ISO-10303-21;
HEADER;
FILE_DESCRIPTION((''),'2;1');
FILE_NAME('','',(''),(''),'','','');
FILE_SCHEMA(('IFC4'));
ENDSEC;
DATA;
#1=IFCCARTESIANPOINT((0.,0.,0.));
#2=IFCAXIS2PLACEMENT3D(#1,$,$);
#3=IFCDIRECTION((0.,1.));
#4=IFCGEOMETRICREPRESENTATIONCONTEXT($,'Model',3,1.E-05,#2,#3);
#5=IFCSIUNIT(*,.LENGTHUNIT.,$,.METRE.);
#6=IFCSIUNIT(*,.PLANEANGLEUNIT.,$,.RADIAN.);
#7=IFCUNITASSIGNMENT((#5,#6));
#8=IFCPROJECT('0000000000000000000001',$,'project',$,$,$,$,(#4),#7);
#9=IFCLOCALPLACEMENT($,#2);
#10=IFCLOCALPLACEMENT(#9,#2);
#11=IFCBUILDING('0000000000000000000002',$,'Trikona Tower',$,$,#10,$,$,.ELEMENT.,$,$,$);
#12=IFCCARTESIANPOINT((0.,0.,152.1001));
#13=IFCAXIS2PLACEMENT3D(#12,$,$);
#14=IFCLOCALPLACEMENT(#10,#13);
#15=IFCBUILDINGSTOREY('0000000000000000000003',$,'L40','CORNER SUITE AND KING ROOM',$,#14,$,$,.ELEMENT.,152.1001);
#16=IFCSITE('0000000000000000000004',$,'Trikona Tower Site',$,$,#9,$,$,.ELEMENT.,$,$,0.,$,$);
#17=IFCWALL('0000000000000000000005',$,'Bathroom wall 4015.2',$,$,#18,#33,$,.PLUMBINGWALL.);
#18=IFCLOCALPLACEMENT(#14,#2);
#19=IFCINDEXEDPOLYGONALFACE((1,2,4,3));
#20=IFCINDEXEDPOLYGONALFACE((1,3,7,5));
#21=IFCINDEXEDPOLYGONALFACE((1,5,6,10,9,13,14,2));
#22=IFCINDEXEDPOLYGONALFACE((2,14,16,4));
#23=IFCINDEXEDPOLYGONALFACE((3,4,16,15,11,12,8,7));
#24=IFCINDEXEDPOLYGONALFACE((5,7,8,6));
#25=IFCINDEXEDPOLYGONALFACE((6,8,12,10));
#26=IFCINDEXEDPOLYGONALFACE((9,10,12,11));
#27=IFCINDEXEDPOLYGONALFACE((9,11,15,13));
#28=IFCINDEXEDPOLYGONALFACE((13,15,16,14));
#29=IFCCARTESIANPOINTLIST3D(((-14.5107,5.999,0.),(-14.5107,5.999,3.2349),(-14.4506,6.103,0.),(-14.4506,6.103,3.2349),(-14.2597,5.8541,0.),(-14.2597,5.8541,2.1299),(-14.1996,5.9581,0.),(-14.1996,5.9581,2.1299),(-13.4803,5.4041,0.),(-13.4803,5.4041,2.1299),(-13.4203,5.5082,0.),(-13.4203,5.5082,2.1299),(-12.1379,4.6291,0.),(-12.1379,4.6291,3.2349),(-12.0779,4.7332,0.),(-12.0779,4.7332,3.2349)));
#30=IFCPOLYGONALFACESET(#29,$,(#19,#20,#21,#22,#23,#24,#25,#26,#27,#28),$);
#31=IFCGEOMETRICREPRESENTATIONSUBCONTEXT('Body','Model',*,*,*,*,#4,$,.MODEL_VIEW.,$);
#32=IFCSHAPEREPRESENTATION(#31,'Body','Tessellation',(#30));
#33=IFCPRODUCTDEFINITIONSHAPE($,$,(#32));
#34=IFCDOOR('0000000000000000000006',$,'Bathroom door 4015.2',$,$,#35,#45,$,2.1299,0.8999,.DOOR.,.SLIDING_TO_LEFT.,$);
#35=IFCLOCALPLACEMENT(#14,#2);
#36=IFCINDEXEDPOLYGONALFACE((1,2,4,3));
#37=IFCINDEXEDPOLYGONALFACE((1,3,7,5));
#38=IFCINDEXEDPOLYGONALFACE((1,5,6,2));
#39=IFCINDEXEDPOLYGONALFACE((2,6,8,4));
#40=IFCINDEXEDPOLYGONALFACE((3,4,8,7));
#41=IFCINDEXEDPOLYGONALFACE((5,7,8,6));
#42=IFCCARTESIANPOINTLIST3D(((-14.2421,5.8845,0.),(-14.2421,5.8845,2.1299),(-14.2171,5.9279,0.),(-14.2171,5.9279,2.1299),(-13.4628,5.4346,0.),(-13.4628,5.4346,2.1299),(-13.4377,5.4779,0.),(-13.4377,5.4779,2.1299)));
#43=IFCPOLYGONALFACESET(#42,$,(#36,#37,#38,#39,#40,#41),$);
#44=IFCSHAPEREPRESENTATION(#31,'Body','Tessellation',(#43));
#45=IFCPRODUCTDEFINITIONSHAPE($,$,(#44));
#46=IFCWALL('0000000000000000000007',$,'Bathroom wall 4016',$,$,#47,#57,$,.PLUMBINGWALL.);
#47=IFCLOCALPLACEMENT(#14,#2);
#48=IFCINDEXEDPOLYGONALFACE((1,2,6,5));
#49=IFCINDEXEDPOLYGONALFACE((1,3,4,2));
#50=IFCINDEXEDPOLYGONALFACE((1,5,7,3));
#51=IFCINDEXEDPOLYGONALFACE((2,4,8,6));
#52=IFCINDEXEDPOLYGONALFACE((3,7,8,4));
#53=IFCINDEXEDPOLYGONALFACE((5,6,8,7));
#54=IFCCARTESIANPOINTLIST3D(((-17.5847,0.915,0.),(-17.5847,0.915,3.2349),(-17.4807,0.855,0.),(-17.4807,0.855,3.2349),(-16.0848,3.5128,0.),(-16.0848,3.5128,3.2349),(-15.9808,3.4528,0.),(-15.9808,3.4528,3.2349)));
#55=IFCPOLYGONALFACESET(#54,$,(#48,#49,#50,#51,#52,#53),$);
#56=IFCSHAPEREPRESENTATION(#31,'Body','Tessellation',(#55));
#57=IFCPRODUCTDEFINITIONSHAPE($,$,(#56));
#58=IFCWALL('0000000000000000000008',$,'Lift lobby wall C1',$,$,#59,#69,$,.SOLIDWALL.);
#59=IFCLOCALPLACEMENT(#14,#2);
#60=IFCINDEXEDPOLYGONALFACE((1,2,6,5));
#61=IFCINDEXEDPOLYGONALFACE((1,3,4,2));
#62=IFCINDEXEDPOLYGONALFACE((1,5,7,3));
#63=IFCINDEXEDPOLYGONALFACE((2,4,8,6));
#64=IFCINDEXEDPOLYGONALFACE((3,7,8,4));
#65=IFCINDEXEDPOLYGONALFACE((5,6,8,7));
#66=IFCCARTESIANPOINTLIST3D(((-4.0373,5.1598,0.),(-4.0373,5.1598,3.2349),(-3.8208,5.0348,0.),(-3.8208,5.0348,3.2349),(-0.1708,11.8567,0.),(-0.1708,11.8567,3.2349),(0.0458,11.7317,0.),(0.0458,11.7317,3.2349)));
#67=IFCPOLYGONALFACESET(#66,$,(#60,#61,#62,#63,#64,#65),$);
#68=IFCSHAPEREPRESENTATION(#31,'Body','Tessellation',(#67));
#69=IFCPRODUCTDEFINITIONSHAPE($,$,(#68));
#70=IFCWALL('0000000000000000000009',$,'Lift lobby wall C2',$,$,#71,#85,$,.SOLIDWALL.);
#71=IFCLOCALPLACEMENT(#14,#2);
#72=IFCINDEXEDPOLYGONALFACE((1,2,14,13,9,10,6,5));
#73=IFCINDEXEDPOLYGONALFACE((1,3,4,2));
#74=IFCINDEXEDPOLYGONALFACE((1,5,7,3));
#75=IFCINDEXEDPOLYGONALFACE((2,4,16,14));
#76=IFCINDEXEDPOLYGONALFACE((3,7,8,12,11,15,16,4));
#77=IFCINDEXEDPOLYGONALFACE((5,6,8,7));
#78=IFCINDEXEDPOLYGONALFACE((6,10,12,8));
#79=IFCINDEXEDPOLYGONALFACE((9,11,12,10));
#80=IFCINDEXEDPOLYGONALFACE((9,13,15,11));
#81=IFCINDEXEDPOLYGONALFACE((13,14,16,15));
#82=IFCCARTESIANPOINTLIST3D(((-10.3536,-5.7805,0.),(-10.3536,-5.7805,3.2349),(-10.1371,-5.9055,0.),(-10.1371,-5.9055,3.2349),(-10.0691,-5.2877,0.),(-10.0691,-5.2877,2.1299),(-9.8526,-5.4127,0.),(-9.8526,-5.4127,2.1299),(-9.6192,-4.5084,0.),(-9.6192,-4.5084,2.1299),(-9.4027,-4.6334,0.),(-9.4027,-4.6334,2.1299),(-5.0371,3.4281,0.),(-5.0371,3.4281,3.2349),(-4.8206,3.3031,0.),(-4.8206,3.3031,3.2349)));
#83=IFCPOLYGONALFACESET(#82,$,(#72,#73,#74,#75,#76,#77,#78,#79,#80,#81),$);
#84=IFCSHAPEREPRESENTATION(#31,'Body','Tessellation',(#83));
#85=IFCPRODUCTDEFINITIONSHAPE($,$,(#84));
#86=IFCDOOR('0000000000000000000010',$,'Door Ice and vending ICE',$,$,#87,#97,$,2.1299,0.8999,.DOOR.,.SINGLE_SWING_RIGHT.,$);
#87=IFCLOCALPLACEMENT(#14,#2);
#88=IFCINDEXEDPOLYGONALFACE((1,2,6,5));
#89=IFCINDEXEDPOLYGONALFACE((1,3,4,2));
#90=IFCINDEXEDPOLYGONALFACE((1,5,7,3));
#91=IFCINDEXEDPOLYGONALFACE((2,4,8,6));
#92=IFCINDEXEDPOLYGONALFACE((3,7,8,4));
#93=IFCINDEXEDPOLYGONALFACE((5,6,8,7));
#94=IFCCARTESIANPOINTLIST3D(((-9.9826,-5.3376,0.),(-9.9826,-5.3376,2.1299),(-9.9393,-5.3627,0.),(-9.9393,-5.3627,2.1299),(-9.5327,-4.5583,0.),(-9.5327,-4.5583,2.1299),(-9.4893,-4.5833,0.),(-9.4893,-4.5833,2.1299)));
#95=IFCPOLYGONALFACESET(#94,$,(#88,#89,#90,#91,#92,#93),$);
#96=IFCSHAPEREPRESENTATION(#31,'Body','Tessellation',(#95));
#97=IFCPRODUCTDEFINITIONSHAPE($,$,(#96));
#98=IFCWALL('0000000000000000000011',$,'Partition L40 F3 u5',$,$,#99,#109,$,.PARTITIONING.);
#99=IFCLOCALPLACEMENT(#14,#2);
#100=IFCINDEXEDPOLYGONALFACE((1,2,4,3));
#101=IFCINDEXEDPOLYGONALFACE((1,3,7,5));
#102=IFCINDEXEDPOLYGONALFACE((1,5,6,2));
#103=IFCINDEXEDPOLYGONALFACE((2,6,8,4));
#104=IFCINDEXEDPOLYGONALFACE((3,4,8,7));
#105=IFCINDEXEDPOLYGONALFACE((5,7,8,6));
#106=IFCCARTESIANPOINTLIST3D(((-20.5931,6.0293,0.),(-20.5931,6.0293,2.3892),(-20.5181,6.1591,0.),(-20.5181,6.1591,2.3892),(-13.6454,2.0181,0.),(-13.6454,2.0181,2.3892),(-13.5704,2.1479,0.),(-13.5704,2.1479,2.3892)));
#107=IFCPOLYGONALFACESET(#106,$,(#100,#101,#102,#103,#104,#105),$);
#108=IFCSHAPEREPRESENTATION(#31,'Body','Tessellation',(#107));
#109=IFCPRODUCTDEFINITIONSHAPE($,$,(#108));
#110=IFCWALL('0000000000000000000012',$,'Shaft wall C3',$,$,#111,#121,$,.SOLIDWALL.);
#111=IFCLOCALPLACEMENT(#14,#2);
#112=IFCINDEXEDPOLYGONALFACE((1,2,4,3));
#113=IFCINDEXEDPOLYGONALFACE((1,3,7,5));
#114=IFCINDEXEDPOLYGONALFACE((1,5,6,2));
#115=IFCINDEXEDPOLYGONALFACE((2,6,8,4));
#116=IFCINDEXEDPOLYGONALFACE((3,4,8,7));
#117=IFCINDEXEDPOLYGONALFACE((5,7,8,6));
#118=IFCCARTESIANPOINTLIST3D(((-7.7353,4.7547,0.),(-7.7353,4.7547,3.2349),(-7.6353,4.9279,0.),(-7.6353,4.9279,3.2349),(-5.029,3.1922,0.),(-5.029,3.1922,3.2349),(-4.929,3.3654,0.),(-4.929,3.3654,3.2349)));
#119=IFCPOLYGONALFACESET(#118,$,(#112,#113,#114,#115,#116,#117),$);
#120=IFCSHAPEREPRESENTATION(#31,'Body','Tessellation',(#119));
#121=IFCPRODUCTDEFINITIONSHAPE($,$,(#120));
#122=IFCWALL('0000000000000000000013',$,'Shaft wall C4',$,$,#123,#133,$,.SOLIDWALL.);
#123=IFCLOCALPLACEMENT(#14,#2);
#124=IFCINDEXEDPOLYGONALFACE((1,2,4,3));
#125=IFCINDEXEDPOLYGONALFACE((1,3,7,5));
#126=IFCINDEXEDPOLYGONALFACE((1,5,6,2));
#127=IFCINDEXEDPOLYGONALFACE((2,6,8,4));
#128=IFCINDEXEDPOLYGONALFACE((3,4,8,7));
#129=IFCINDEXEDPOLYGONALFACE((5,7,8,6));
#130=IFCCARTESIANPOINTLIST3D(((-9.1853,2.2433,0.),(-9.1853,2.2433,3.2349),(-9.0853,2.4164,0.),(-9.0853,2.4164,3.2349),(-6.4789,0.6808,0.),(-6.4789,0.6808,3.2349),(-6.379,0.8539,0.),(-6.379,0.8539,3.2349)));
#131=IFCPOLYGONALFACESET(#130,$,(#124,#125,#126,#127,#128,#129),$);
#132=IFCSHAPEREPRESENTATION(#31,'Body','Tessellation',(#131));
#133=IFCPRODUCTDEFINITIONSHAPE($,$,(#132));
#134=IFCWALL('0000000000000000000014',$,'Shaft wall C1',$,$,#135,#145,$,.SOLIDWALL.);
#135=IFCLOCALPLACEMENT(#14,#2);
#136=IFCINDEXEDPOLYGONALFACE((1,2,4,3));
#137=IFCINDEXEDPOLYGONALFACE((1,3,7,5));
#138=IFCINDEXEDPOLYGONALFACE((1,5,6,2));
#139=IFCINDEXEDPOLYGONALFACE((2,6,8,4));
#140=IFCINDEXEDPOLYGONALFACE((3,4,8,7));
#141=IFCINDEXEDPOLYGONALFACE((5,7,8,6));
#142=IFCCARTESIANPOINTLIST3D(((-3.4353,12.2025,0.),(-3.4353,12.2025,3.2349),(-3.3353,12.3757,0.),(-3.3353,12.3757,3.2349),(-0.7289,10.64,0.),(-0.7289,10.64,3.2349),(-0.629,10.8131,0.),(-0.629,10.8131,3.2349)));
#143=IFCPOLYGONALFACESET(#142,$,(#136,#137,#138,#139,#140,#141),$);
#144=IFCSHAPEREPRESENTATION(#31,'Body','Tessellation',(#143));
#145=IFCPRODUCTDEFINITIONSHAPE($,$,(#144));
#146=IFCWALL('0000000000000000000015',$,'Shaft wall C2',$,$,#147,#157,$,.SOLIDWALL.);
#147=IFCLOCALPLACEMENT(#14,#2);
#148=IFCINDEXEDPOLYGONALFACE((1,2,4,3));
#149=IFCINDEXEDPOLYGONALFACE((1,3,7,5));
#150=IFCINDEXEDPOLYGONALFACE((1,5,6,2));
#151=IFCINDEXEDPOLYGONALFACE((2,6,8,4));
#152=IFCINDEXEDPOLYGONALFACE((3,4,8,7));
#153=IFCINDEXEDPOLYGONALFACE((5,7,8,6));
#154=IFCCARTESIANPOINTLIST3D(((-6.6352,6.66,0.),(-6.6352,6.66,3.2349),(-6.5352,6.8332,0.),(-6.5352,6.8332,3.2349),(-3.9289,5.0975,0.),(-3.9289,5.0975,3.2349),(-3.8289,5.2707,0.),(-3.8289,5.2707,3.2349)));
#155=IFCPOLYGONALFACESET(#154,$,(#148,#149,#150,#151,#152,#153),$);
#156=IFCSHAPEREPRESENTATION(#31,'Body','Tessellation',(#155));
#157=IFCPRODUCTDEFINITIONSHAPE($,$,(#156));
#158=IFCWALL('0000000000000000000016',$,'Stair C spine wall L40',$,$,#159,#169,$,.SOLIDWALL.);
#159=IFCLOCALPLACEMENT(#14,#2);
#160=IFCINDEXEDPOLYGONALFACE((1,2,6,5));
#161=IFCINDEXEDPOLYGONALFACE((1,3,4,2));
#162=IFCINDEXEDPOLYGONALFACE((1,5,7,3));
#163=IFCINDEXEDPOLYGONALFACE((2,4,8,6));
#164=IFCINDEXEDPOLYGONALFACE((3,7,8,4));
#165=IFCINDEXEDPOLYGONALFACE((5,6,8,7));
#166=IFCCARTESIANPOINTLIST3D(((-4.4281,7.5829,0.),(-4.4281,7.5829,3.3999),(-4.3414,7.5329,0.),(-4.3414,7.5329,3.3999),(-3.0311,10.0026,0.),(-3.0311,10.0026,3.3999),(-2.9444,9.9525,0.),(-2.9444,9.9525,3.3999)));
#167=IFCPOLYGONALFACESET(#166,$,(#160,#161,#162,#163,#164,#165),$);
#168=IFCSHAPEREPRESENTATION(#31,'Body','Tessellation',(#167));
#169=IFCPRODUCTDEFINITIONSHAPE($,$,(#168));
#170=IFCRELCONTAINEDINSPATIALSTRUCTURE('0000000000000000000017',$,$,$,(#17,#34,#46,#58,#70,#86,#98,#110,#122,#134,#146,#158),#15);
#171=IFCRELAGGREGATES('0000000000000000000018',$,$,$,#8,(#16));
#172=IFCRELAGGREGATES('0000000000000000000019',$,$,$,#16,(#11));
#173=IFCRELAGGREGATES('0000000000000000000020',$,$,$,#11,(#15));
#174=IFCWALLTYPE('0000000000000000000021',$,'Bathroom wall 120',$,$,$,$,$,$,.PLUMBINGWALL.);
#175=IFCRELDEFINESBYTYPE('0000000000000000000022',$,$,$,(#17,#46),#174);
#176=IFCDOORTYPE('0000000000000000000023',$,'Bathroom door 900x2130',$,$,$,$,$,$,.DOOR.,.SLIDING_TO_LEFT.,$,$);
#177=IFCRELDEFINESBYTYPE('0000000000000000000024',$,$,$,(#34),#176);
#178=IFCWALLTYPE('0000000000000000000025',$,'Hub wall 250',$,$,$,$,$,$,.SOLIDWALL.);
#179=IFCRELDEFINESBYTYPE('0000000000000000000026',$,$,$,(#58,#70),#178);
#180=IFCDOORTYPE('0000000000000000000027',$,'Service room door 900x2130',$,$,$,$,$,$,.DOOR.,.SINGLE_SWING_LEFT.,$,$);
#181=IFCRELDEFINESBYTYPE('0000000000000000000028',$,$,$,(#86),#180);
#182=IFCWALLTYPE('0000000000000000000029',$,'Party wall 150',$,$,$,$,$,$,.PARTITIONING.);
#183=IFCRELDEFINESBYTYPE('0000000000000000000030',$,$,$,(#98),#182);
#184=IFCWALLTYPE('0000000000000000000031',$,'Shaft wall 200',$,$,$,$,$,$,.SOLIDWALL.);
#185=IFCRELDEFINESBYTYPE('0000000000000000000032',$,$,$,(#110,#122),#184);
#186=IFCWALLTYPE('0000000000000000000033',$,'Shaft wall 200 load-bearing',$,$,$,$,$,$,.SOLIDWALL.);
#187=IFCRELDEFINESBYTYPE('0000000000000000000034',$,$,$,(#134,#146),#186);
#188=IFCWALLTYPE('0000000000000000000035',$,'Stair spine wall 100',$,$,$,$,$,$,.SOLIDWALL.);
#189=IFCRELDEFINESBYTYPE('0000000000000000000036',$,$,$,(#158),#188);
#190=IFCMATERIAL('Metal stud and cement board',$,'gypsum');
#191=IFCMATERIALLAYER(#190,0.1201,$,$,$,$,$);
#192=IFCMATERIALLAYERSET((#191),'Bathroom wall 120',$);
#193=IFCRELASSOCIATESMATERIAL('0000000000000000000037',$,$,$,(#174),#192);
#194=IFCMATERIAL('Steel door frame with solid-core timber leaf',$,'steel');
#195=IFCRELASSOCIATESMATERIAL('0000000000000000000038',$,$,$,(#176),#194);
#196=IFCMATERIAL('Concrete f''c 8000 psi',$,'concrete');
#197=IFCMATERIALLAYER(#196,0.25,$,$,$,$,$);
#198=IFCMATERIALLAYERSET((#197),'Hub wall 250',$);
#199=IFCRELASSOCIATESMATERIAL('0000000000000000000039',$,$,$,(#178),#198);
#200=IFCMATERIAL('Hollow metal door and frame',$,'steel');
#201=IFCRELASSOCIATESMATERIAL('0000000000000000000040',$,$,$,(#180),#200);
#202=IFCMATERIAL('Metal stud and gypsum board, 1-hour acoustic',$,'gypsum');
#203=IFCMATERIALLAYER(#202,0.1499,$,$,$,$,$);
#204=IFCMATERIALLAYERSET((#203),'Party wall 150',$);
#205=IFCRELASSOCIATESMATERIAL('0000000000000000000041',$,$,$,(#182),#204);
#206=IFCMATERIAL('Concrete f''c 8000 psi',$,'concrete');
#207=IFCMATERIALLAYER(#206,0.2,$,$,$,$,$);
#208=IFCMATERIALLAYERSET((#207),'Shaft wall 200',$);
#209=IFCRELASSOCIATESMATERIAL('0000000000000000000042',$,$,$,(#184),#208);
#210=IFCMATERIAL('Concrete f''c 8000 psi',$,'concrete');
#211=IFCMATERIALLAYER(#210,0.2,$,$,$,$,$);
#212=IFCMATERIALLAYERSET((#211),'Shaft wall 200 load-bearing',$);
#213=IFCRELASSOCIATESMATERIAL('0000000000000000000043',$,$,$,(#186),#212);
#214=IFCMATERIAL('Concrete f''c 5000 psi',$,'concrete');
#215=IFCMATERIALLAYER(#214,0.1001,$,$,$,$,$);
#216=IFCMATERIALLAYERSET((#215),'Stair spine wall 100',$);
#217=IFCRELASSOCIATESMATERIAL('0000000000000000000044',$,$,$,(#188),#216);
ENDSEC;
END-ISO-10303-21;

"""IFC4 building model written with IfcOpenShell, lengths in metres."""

from ifc_helpers import new_model, si_unit, direction, frame, frame_2d, origin, place, context, subcontext, project, spatial, rectangle, extrude, material, layer, layer_set, type_object, element, fill, save


model = new_model("IFC4")

# Units and contexts
model_context = context("Model", 3, precision=1e-05, world=origin(), true_north=direction((0.0, 1.0)))
body_context = subcontext(model_context, "Body", "Model", "MODEL_VIEW")
ifc_project = project(units=[si_unit("LENGTHUNIT", "METRE"), si_unit("PLANEANGLEUNIT", "RADIAN")], contexts=[model_context])

# Site, building, storey
site_placement = place(None, origin())
site = spatial("IfcSite", under=ifc_project, at=site_placement, Name="Trikona Tower Site", CompositionType="ELEMENT", RefElevation=0.0)
building_placement = place(site_placement, origin())
building = spatial("IfcBuilding", under=site, at=building_placement, Name="Trikona Tower", CompositionType="ELEMENT")
storey_placement = place(building_placement, frame((0.0, 0.0, 152.1001)))
storey = spatial("IfcBuildingStorey", under=building, at=storey_placement, Name="L40", Description="CORNER SUITE AND KING ROOM", CompositionType="ELEMENT", Elevation=152.1001)

# Shared definitions
ifc_material_1 = material(Name="Metal stud and cement board", Category="gypsum")
ifc_layer_1 = layer(ifc_material_1, 0.1201)
ifc_layer_set_1 = layer_set([ifc_layer_1], Name="Bathroom wall 120")
wall_type_1 = type_object("IfcWallType", Name="Bathroom wall 120", PredefinedType="PLUMBINGWALL", material=ifc_layer_set_1)
ifc_material_2 = material(Name="Steel door frame with solid-core timber leaf", Category="steel")
door_type_1 = type_object("IfcDoorType", Name="Bathroom door 900x2130", OperationType="SLIDING_TO_LEFT", PredefinedType="DOOR", material=ifc_material_2)

# Wall, opening, door
wall_1_placement = place(storey_placement, frame((-12.1079, 4.6812, 0.0), z_axis=(0.0, 0.0, 1.0), x_axis=(-0.866036, 0.499982, 0.0)))
wall_1 = element("IfcWall", 1, at=wall_1_placement, inside=storey, type_object=wall_type_1, Name="Bathroom wall 4015.2", PredefinedType="PLUMBINGWALL", context=body_context, shape_type="SweptSolid", body=[
    extrude(rectangle(XDim=2.7397, YDim=0.1201, at=frame_2d((1.3699, 0.0))), origin(), (0.0, 0.0, 1.0), 3.2349),
])
opening_1_placement = place(wall_1_placement, frame((1.55, 0.0, 0.0)))
opening_1 = element("IfcOpeningElement", 2, at=opening_1_placement, cuts=wall_1, PredefinedType="OPENING", context=body_context, shape_type="SweptSolid", body=[
    extrude(rectangle(XDim=0.8999, YDim=2.1299, at=frame_2d((0.45, 1.0649))), frame((0.0, 0.0701, 0.0), z_axis=(0.0, -1.0, 0.0), x_axis=(1.0, 0.0, 0.0)), (0.0, 0.0, 1.0), 0.1401),
])
door_1_placement = place(opening_1_placement, origin())
door_1 = element("IfcDoor", 3, at=door_1_placement, inside=storey, type_object=door_type_1, Name="Bathroom door 4015.2", OperationType="SLIDING_TO_LEFT", OverallHeight=2.1299, OverallWidth=0.8999, PredefinedType="DOOR", context=body_context, shape_type="SweptSolid", body=[
    extrude(rectangle(XDim=0.8999, YDim=2.1299, at=frame_2d((0.45, 1.0649))), frame((0.0, 0.0249, 0.0), z_axis=(0.0, -1.0, 0.0), x_axis=(1.0, 0.0, 0.0)), (0.0, 0.0, 1.0), 0.05),
])
fill(opening_1, door_1)

# Walls
wall_2_placement = place(storey_placement, frame((-16.0327, 3.4829, 0.0), z_axis=(0.0, 0.0, 1.0), x_axis=(-0.500025, -0.866011, 0.0)))
element("IfcWall", 4, at=wall_2_placement, inside=storey, type_object=wall_type_1, Name="Bathroom wall 4016", PredefinedType="PLUMBINGWALL", context=body_context, shape_type="SweptSolid", body=[
    extrude(rectangle(XDim=2.9998, YDim=0.1201, at=frame_2d((1.5, 0.0))), origin(), (0.0, 0.0, 1.0), 3.2349),
])
ifc_material_3 = material(Name="Concrete f'c 8000 psi", Category="concrete")
ifc_layer_2 = layer(ifc_material_3, 0.25)
ifc_layer_set_2 = layer_set([ifc_layer_2], Name="Hub wall 250")
wall_type_2 = type_object("IfcWallType", Name="Hub wall 250", PredefinedType="SOLIDWALL", material=ifc_layer_set_2)
wall_3_placement = place(storey_placement, frame((-0.0625, 11.7942, 0.0), z_axis=(0.0, 0.0, 1.0), x_axis=(-0.500007, -0.866022, 0.0)))
element("IfcWall", 5, at=wall_3_placement, inside=storey, type_object=wall_type_2, Name="Lift lobby wall C1", PredefinedType="SOLIDWALL", context=body_context, shape_type="SweptSolid", body=[
    extrude(rectangle(XDim=7.7329, YDim=0.25, at=frame_2d((3.8665, 0.0))), origin(), (0.0, 0.0, 1.0), 3.2349),
])

# Wall, opening, door
wall_4_placement = place(storey_placement, frame((-4.929, 3.3655, 0.0), z_axis=(0.0, 0.0, 1.0), x_axis=(-0.499991, -0.86603, 0.0)))
wall_4 = element("IfcWall", 6, at=wall_4_placement, inside=storey, type_object=wall_type_2, Name="Lift lobby wall C2", PredefinedType="SOLIDWALL", context=body_context, shape_type="SweptSolid", body=[
    extrude(rectangle(XDim=10.6331, YDim=0.25, at=frame_2d((5.3164, 0.0))), origin(), (0.0, 0.0, 1.0), 3.2349),
])
opening_2_placement = place(wall_4_placement, frame((9.1641, 0.0, 0.0)))
opening_2 = element("IfcOpeningElement", 7, at=opening_2_placement, cuts=wall_4, PredefinedType="OPENING", context=body_context, shape_type="SweptSolid", body=[
    extrude(rectangle(XDim=0.8999, YDim=2.1299, at=frame_2d((0.45, 1.0649))), frame((0.0, 0.135, 0.0), z_axis=(0.0, -1.0, 0.0), x_axis=(1.0, 0.0, 0.0)), (0.0, 0.0, 1.0), 0.27),
])
ifc_material_4 = material(Name="Hollow metal door and frame", Category="steel")
door_type_2 = type_object("IfcDoorType", Name="Service room door 900x2130", OperationType="SINGLE_SWING_LEFT", PredefinedType="DOOR", material=ifc_material_4)
door_2_placement = place(opening_2_placement, origin())
door_2 = element("IfcDoor", 8, at=door_2_placement, inside=storey, type_object=door_type_2, Name="Door Ice and vending ICE", OperationType="SINGLE_SWING_RIGHT", OverallHeight=2.1299, OverallWidth=0.8999, PredefinedType="DOOR", context=body_context, shape_type="SweptSolid", body=[
    extrude(rectangle(XDim=0.8999, YDim=2.1299, at=frame_2d((0.45, 1.0649))), frame((0.0, 0.0249, 0.0), z_axis=(0.0, -1.0, 0.0), x_axis=(1.0, 0.0, 0.0)), (0.0, 0.0, 1.0), 0.05),
])
fill(opening_2, door_2)

# Walls
ifc_material_5 = material(Name="Metal stud and gypsum board, 1-hour acoustic", Category="gypsum")
ifc_layer_3 = layer(ifc_material_5, 0.1499)
ifc_layer_set_3 = layer_set([ifc_layer_3], Name="Party wall 150")
wall_type_3 = type_object("IfcWallType", Name="Party wall 150", PredefinedType="PARTITIONING", material=ifc_layer_set_3)
wall_5_placement = place(storey_placement, frame((-13.6079, 2.083, 0.0), z_axis=(0.0, 0.0, 1.0), x_axis=(-0.866028, 0.499995, 0.0)))
element("IfcWall", 9, at=wall_5_placement, inside=storey, type_object=wall_type_3, Name="Partition L40 F3 u5", PredefinedType="PARTITIONING", context=body_context, shape_type="SweptSolid", body=[
    extrude(rectangle(XDim=8.0225, YDim=0.1499, at=frame_2d((4.0112, 0.0))), origin(), (0.0, 0.0, 1.0), 2.3892),
])
ifc_material_6 = material(Name="Concrete f'c 8000 psi", Category="concrete")
ifc_layer_4 = layer(ifc_material_6, 0.2)
ifc_layer_set_4 = layer_set([ifc_layer_4], Name="Shaft wall 200")
wall_type_4 = type_object("IfcWallType", Name="Shaft wall 200", PredefinedType="SOLIDWALL", material=ifc_layer_set_4)
for number, where, z_axis, x_axis, name in (
    (10, (-4.979, 3.2788, 0.0), (0.0, 0.0, 1.0), (-0.866023, 0.500004, 0.0), "Shaft wall C3"),
    (11, (-6.429, 0.7673, 0.0), (0.0, 0.0, 1.0), (-0.866023, 0.500004, 0.0), "Shaft wall C4"),
):
    element("IfcWall", number, at=place(storey_placement, frame(where, z_axis=z_axis, x_axis=x_axis)), inside=storey, type_object=wall_type_4, Name=name, PredefinedType="SOLIDWALL", context=body_context, shape_type="SweptSolid", body=[
        extrude(rectangle(XDim=3.125, YDim=0.2, at=frame_2d((1.5625, 0.0))), origin(), (0.0, 0.0, 1.0), 3.2349),
    ])
ifc_material_7 = material(Name="Concrete f'c 8000 psi", Category="concrete")
ifc_layer_5 = layer(ifc_material_7, 0.2)
ifc_layer_set_5 = layer_set([ifc_layer_5], Name="Shaft wall 200 load-bearing")
wall_type_5 = type_object("IfcWallType", Name="Shaft wall 200 load-bearing", PredefinedType="SOLIDWALL", material=ifc_layer_set_5)
for number, where, z_axis, x_axis, name in (
    (12, (-0.679, 10.7266, 0.0), (0.0, 0.0, 1.0), (-0.866023, 0.500004, 0.0), "Shaft wall C1"),
    (13, (-3.8789, 5.1841, 0.0), (0.0, 0.0, 1.0), (-0.866023, 0.500004, 0.0), "Shaft wall C2"),
):
    element("IfcWall", number, at=place(storey_placement, frame(where, z_axis=z_axis, x_axis=x_axis)), inside=storey, type_object=wall_type_5, Name=name, PredefinedType="SOLIDWALL", context=body_context, shape_type="SweptSolid", body=[
        extrude(rectangle(XDim=3.125, YDim=0.2, at=frame_2d((1.5625, 0.0))), origin(), (0.0, 0.0, 1.0), 3.2349),
    ])
ifc_material_8 = material(Name="Concrete f'c 5000 psi", Category="concrete")
ifc_layer_6 = layer(ifc_material_8, 0.1001)
ifc_layer_set_6 = layer_set([ifc_layer_6], Name="Stair spine wall 100")
wall_type_6 = type_object("IfcWallType", Name="Stair spine wall 100", PredefinedType="SOLIDWALL", material=ifc_layer_set_6)
wall_6_placement = place(storey_placement, frame((-2.9878, 9.9775, 0.0), z_axis=(0.0, 0.0, 1.0), x_axis=(-0.499992, -0.86603, 0.0)))
element("IfcWall", 14, at=wall_6_placement, inside=storey, type_object=wall_type_6, Name="Stair C spine wall L40", PredefinedType="SOLIDWALL", context=body_context, shape_type="SweptSolid", body=[
    extrude(rectangle(XDim=2.7939, YDim=0.1001, at=frame_2d((1.397, 0.0))), origin(), (0.0, 0.0, 1.0), 3.3999),
])

save(model, "model.ifc")
